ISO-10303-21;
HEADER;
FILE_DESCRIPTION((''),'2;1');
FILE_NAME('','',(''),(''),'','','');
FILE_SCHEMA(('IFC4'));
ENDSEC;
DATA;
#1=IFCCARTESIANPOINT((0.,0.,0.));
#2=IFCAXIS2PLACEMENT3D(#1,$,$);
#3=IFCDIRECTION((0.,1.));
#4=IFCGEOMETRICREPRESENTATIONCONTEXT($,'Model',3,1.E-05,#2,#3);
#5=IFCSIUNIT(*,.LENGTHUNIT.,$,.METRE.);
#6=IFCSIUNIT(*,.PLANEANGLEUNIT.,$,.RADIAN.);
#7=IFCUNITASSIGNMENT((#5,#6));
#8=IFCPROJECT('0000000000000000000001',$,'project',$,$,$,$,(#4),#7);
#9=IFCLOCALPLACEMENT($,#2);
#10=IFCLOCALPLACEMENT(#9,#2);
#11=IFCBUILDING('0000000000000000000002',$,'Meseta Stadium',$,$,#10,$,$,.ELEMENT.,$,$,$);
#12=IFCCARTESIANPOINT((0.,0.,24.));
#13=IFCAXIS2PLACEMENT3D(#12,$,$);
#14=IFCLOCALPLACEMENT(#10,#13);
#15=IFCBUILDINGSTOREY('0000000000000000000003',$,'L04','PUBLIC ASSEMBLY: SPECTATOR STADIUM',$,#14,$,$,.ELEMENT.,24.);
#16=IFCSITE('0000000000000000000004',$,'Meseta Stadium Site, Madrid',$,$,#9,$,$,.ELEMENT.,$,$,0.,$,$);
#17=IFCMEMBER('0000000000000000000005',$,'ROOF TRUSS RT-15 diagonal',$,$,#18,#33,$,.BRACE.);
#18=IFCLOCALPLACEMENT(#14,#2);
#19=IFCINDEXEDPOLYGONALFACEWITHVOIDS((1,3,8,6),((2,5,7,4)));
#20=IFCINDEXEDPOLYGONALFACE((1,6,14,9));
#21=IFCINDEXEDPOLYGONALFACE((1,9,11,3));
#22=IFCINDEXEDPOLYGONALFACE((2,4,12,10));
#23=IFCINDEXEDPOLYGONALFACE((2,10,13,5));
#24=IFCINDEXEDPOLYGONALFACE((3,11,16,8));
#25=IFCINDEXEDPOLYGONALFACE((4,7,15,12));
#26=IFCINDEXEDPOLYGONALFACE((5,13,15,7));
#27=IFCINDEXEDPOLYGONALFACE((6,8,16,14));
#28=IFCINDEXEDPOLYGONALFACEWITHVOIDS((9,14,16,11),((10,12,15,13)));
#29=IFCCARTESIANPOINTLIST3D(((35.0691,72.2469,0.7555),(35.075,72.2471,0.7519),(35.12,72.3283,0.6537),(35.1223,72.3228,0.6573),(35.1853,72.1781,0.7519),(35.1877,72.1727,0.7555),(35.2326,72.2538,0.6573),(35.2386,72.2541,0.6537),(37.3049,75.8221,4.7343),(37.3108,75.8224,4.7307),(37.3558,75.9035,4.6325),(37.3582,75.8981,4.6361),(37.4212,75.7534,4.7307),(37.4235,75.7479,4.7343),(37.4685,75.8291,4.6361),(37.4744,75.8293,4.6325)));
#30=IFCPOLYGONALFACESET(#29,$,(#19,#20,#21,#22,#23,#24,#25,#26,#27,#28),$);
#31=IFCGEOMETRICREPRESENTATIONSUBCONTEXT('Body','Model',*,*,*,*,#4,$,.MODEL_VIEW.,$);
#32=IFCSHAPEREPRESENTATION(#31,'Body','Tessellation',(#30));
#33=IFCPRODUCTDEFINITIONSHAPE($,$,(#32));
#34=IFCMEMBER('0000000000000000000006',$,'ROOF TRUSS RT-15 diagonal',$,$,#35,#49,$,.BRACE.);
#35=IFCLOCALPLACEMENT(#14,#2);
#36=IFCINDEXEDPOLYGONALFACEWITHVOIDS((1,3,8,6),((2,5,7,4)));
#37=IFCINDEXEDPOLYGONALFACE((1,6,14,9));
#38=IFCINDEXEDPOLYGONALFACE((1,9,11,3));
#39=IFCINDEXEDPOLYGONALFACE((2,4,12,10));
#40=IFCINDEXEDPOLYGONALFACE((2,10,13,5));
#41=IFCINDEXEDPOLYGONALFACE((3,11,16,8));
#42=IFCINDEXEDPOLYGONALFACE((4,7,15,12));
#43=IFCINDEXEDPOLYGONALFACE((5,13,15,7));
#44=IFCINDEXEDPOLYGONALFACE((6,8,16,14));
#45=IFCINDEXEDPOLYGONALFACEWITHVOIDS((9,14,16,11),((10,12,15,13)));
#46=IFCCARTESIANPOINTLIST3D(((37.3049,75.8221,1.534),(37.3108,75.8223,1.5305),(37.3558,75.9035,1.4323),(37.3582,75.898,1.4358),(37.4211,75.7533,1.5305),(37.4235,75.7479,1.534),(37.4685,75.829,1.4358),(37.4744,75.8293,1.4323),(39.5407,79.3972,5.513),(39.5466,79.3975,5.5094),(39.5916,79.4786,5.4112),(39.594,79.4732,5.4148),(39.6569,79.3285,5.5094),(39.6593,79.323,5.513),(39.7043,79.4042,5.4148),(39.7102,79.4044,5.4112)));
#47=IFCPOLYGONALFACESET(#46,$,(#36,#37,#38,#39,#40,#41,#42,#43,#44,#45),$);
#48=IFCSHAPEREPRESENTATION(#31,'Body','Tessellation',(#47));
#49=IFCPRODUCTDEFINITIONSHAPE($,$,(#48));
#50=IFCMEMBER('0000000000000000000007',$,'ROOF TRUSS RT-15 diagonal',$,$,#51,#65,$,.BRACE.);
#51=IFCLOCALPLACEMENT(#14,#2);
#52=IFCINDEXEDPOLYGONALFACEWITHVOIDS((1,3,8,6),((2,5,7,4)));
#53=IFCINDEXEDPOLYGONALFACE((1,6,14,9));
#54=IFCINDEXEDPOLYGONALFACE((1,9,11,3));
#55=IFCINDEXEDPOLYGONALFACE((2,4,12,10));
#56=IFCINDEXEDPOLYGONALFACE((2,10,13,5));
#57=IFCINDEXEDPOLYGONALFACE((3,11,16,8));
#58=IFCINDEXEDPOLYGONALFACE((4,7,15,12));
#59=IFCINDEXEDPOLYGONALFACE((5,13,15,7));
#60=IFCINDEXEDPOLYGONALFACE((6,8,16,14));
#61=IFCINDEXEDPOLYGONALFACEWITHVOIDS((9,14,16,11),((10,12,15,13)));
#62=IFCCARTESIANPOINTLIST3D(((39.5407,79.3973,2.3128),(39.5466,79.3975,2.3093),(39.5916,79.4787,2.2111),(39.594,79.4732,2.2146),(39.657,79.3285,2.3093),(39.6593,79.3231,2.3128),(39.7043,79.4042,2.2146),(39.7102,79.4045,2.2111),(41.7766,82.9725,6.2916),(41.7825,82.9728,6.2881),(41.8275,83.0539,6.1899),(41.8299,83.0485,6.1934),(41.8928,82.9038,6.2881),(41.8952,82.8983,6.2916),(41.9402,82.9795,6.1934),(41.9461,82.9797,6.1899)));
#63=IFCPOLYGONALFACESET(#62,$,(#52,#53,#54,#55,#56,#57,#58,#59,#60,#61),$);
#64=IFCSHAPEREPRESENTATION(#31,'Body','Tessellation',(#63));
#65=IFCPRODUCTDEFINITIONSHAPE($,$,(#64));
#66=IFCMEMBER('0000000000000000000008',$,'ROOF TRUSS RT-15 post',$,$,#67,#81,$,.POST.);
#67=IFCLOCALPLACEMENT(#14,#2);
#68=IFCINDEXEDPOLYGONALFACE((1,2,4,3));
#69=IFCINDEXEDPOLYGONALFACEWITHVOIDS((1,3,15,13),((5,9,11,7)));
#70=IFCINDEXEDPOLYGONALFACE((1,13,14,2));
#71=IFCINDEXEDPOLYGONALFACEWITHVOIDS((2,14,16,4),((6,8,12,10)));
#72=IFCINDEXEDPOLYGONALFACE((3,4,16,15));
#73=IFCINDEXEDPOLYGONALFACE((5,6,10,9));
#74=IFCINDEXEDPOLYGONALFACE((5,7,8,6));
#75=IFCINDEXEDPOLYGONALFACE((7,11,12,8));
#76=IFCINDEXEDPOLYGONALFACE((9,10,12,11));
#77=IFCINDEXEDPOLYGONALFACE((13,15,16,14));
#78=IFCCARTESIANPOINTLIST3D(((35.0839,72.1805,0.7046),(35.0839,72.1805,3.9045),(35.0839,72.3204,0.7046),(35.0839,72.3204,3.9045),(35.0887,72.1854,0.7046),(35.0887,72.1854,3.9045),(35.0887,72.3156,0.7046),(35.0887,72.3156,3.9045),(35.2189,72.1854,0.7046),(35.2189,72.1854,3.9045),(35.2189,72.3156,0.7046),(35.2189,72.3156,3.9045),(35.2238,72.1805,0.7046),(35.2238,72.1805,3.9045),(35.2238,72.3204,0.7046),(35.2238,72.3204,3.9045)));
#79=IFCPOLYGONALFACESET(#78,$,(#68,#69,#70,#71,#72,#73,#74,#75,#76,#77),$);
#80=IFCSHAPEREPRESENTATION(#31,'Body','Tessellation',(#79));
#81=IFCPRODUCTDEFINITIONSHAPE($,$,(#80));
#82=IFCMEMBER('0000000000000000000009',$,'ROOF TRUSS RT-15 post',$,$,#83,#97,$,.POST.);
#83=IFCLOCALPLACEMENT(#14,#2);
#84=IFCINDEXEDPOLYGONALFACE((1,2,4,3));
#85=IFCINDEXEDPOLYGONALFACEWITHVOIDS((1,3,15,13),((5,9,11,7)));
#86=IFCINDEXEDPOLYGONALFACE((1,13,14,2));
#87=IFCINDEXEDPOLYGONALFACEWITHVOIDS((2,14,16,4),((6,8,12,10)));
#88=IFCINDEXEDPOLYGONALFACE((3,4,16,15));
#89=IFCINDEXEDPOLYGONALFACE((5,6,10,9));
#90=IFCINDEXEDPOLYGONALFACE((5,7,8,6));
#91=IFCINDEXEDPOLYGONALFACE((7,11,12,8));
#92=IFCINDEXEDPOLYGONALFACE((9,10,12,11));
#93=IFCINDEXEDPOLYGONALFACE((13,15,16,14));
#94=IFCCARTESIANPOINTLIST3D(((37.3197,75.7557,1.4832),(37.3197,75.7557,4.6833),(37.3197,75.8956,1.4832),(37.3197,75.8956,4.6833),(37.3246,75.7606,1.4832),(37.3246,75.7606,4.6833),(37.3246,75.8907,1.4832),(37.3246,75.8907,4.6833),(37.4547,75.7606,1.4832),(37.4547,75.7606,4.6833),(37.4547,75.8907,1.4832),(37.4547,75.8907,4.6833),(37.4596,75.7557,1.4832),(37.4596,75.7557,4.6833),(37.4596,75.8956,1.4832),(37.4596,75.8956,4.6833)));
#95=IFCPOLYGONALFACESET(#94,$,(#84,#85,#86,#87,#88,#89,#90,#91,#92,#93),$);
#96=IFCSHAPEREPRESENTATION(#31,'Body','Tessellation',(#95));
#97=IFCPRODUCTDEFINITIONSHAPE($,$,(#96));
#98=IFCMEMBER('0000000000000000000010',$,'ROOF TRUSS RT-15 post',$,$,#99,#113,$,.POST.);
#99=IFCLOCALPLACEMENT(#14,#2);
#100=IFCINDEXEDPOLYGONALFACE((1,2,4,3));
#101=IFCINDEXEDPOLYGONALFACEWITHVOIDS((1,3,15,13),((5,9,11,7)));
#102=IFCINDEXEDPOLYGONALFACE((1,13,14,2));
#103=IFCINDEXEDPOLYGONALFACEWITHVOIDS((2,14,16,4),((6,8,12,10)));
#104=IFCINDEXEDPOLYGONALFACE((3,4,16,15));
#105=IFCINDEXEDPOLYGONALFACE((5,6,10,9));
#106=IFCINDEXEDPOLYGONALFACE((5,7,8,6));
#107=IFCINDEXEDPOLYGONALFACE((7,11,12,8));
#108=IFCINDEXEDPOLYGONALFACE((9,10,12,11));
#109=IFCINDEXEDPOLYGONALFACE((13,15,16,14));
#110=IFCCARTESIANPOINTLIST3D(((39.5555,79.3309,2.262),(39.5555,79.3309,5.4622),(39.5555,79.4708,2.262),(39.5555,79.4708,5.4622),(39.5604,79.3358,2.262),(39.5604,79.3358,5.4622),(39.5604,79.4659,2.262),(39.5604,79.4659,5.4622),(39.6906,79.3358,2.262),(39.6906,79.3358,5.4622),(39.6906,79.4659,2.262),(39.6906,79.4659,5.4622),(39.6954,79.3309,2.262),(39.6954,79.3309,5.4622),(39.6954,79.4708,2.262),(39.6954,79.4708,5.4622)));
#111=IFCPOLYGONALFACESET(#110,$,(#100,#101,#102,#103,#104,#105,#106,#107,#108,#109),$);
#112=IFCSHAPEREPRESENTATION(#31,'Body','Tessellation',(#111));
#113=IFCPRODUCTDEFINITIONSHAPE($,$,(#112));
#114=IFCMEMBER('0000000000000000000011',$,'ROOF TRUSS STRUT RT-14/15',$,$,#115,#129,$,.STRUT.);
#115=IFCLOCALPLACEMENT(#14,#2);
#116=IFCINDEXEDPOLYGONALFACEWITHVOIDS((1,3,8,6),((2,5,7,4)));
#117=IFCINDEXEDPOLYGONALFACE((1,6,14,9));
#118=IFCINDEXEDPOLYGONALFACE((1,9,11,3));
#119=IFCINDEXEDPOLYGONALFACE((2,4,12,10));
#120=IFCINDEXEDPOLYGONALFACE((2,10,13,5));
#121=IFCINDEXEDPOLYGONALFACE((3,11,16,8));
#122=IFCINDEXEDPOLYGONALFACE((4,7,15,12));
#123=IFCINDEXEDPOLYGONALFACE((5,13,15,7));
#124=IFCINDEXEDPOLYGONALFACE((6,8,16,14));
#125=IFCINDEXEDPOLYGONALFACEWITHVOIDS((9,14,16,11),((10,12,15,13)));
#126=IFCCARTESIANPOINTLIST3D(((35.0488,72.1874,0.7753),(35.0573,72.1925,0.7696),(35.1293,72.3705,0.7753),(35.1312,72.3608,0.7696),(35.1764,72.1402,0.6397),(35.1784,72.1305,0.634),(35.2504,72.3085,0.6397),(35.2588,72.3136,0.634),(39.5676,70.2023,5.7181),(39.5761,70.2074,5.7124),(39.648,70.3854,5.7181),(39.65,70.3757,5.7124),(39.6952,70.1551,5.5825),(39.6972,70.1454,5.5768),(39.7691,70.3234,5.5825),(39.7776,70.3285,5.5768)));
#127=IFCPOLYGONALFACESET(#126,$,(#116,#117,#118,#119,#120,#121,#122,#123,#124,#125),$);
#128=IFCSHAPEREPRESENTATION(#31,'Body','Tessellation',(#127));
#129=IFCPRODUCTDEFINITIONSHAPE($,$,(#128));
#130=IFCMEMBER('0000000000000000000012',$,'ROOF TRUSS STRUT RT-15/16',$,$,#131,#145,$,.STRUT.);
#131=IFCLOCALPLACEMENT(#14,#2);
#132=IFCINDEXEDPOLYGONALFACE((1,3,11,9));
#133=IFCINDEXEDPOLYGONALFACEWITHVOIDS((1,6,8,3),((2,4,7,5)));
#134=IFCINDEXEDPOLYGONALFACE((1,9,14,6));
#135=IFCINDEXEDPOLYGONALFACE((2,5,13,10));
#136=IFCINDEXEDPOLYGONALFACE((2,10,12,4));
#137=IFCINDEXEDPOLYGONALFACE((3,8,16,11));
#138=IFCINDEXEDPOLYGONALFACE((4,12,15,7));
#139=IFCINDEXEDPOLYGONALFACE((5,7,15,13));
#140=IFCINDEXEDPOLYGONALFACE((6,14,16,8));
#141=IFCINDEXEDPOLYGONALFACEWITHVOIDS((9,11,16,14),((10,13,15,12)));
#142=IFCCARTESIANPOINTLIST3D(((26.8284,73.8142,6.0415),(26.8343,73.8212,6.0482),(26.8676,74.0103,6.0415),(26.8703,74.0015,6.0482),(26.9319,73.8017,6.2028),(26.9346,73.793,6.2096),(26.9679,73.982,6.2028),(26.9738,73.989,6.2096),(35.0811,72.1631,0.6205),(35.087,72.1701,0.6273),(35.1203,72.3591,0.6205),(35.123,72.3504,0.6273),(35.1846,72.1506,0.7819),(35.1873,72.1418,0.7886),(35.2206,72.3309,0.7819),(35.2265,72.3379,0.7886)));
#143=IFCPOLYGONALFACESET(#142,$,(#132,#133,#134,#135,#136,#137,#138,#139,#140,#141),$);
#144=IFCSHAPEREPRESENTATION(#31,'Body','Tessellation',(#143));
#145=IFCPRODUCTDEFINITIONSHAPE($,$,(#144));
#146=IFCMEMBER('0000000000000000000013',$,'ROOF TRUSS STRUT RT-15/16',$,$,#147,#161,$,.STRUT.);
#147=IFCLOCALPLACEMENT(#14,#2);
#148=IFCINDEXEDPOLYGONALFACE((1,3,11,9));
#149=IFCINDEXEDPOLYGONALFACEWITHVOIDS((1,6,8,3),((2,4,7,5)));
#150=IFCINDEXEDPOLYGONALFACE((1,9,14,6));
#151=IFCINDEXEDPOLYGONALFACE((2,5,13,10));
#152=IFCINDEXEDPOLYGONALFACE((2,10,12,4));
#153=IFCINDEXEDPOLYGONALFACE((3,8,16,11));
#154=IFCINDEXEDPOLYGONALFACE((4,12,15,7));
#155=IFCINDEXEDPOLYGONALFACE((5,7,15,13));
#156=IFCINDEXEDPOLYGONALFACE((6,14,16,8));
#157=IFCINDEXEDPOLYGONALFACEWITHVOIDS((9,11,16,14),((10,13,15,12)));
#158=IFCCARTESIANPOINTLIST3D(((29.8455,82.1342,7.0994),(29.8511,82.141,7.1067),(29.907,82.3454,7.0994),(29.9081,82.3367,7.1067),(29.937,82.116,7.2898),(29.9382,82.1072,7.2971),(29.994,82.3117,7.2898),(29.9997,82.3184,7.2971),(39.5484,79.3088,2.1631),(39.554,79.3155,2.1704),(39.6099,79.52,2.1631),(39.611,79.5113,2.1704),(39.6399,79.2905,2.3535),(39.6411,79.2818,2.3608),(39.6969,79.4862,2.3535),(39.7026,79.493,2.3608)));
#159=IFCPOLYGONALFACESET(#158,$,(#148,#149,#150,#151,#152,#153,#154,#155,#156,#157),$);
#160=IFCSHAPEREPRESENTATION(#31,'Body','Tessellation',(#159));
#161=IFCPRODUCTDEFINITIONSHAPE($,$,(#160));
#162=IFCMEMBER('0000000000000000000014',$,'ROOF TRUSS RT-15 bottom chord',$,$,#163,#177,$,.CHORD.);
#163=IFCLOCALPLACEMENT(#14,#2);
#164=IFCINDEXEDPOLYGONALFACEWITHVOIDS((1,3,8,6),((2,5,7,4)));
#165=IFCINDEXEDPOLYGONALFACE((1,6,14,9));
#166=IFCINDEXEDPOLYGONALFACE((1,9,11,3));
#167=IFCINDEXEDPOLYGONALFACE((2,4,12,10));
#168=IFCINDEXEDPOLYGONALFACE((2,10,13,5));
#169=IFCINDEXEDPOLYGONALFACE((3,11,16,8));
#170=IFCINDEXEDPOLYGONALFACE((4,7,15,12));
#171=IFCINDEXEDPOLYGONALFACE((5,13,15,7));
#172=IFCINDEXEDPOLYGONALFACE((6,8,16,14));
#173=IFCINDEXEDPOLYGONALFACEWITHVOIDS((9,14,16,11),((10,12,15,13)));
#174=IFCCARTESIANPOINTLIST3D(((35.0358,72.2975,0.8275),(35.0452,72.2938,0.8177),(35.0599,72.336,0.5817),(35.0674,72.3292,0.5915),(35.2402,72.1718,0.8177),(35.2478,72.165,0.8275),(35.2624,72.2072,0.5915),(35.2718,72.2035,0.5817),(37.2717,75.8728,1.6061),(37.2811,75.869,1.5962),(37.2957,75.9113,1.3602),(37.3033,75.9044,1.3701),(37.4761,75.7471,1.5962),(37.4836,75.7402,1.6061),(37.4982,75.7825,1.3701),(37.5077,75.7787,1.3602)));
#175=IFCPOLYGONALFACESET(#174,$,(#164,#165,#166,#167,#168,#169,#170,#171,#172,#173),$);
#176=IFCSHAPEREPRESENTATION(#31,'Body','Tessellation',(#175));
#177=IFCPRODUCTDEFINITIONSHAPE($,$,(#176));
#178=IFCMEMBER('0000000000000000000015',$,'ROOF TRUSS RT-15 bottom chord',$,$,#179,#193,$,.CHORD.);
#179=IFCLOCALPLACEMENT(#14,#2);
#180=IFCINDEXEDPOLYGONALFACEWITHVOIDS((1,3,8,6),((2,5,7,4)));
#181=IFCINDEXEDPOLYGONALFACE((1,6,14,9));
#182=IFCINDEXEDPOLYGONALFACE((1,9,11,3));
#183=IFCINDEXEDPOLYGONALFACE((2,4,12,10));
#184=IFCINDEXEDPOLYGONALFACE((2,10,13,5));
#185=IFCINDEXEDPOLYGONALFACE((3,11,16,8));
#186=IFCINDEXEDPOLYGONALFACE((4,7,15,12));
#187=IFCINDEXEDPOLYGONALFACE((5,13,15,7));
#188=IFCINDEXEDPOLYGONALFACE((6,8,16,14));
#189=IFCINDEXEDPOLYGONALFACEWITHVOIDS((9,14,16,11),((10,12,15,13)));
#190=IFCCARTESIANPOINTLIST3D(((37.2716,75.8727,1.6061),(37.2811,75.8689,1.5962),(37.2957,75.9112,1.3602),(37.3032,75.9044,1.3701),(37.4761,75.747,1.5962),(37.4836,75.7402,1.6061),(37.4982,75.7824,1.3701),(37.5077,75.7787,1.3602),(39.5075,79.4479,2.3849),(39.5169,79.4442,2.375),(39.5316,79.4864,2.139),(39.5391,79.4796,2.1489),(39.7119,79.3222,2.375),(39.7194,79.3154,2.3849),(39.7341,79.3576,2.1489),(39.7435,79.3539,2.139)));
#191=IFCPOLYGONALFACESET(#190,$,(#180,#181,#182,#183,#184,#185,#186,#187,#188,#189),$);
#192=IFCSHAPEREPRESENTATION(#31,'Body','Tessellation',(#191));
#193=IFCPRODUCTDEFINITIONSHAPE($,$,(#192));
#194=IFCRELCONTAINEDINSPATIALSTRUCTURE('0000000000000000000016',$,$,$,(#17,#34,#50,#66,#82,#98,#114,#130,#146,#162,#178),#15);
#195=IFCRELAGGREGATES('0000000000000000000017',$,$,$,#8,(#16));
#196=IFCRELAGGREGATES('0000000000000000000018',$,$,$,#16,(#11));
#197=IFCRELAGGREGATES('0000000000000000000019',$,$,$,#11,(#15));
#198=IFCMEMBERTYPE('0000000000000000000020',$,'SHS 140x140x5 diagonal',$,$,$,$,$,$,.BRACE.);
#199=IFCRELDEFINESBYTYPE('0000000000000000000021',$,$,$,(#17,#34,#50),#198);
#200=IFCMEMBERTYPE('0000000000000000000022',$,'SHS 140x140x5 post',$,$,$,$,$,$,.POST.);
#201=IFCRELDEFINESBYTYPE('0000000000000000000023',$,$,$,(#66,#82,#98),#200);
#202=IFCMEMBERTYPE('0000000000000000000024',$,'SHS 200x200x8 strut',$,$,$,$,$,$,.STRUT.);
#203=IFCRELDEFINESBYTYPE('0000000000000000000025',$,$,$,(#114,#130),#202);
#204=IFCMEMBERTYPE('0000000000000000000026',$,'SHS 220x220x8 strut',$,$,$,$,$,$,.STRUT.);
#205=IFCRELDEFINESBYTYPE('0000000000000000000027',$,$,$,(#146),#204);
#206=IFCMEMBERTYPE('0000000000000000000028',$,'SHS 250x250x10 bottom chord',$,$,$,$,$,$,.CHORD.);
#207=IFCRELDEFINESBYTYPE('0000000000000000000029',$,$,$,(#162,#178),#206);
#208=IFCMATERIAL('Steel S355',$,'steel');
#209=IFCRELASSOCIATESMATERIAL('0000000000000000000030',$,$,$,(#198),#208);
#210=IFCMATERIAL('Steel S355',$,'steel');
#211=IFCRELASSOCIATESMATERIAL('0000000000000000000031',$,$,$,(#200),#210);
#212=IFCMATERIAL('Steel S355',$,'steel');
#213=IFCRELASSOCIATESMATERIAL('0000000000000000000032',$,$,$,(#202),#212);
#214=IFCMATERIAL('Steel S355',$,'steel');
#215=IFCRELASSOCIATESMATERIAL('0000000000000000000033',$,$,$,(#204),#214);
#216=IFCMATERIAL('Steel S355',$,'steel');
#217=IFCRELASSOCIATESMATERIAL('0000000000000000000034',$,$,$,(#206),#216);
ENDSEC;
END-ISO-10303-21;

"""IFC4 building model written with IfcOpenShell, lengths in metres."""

from ifc_helpers import new_model, si_unit, direction, frame, origin, origin_2d, place, context, subcontext, project, spatial, hollow_rectangle, extrude, material, material_profile, profile_set, type_object, element, save


model = new_model("IFC4")

# Units and contexts
model_context = context("Model", 3, precision=1e-05, world=origin(), true_north=direction((0.0, 1.0)))
body_context = subcontext(model_context, "Body", "Model", "MODEL_VIEW")
ifc_project = project(units=[si_unit("LENGTHUNIT", "METRE"), si_unit("PLANEANGLEUNIT", "RADIAN")], contexts=[model_context])

# Site, building, storey
site_placement = place(None, origin())
site = spatial("IfcSite", under=ifc_project, at=site_placement, Name="Meseta Stadium Site, Madrid", CompositionType="ELEMENT", RefElevation=0.0)
building_placement = place(site_placement, origin())
building = spatial("IfcBuilding", under=site, at=building_placement, Name="Meseta Stadium", CompositionType="ELEMENT")
storey_placement = place(building_placement, frame((0.0, 0.0, 24.0)))
storey = spatial("IfcBuildingStorey", under=building, at=storey_placement, Name="L04", Description="PUBLIC ASSEMBLY: SPECTATOR STADIUM", CompositionType="ELEMENT", Elevation=24.0)

# Members
ifc_material_1 = material(Name="Steel S355", Category="steel")
ifc_material_profile_1 = material_profile(ifc_material_1, hollow_rectangle(XDim=0.1399, YDim=0.1399, WallThickness=0.0049, at=origin_2d()), Name="SHS 140x140x5")
ifc_profile_set_1 = profile_set([ifc_material_profile_1], Name="Steel S355")
member_type_1 = type_object("IfcMemberType", Name="SHS 140x140x5 diagonal", PredefinedType="BRACE", material=ifc_profile_set_1)
for number, where, z_axis, x_axis, name in (
    (1, (35.1538, 72.2505, 0.7046), (0.385653, 0.616674, 0.686284), (-0.847855, 0.530228, 0.0), "ROOF TRUSS RT-15 diagonal"),
    (2, (37.3896, 75.8257, 1.4832), (0.385642, 0.616656, 0.686306), (-0.847855, 0.530228, 0.0), "ROOF TRUSS RT-15 diagonal"),
    (3, (39.6255, 79.4009, 2.262), (0.385653, 0.616674, 0.686284), (-0.847855, 0.530228, 0.0), "ROOF TRUSS RT-15 diagonal"),
):
    element("IfcMember", number, at=place(storey_placement, frame(where, z_axis=z_axis, x_axis=x_axis)), inside=storey, type_object=member_type_1, Name=name, PredefinedType="BRACE", context=body_context, shape_type="SweptSolid", body=[
        extrude(hollow_rectangle(XDim=0.1399, YDim=0.1399, WallThickness=0.0049, at=origin_2d()), origin(), (0.0, 0.0, 1.0), 5.7976),
    ])
ifc_material_2 = material(Name="Steel S355", Category="steel")
ifc_material_profile_2 = material_profile(ifc_material_2, hollow_rectangle(XDim=0.1399, YDim=0.1399, WallThickness=0.0049, at=origin_2d()), Name="SHS 140x140x5")
ifc_profile_set_2 = profile_set([ifc_material_profile_2], Name="Steel S355")
member_type_2 = type_object("IfcMemberType", Name="SHS 140x140x5 post", PredefinedType="POST", material=ifc_profile_set_2)
member_1_placement = place(storey_placement, frame((35.1538, 72.2505, 0.7046), z_axis=(0.0, 0.0, 1.0), x_axis=(1.0, 0.0, 0.0)))
element("IfcMember", 4, at=member_1_placement, inside=storey, type_object=member_type_2, Name="ROOF TRUSS RT-15 post", PredefinedType="POST", context=body_context, shape_type="SweptSolid", body=[
    extrude(hollow_rectangle(XDim=0.1399, YDim=0.1399, WallThickness=0.0049, at=origin_2d()), origin(), (0.0, 0.0, 1.0), 3.2),
])
for number, where, z_axis, x_axis, name in (
    (5, (37.3896, 75.8257, 1.4832), (0.0, 0.0, 1.0), (1.0, 0.0, 0.0), "ROOF TRUSS RT-15 post"),
    (6, (39.6255, 79.4009, 2.262), (0.0, 0.0, 1.0), (1.0, 0.0, 0.0), "ROOF TRUSS RT-15 post"),
):
    element("IfcMember", number, at=place(storey_placement, frame(where, z_axis=z_axis, x_axis=x_axis)), inside=storey, type_object=member_type_2, Name=name, PredefinedType="POST", context=body_context, shape_type="SweptSolid", body=[
        extrude(hollow_rectangle(XDim=0.1399, YDim=0.1399, WallThickness=0.0049, at=origin_2d()), origin(), (0.0, 0.0, 1.0), 3.2002),
    ])
ifc_material_3 = material(Name="Steel S355", Category="steel")
ifc_material_profile_3 = material_profile(ifc_material_3, hollow_rectangle(XDim=0.2, YDim=0.2, WallThickness=0.0081, at=origin_2d()), Name="SHS 200x200x8")
ifc_profile_set_3 = profile_set([ifc_material_profile_3], Name="Steel S355")
member_type_3 = type_object("IfcMemberType", Name="SHS 200x200x8 strut", PredefinedType="STRUT", material=ifc_profile_set_3)
member_2_placement = place(storey_placement, frame((39.6726, 70.2654, 5.6475), z_axis=(-0.646916, 0.28419, -0.707627), x_axis=(-0.402201, -0.915551, 0.0)))
element("IfcMember", 7, at=member_2_placement, inside=storey, type_object=member_type_3, Name="ROOF TRUSS STRUT RT-14/15", PredefinedType="STRUT", context=body_context, shape_type="SweptSolid", body=[
    extrude(hollow_rectangle(XDim=0.2, YDim=0.2, WallThickness=0.0081, at=origin_2d()), origin(), (0.0, 0.0, 1.0), 6.9851),
])
member_3_placement = place(storey_placement, frame((35.1538, 72.2505, 0.7046), z_axis=(-0.824366, 0.164932, 0.541497), x_axis=(-0.196183, -0.980567, 0.0)))
element("IfcMember", 8, at=member_3_placement, inside=storey, type_object=member_type_3, Name="ROOF TRUSS STRUT RT-15/16", PredefinedType="STRUT", context=body_context, shape_type="SweptSolid", body=[
    extrude(hollow_rectangle(XDim=0.2, YDim=0.2, WallThickness=0.0081, at=origin_2d()), origin(), (0.0, 0.0, 1.0), 10.011),
])
ifc_material_4 = material(Name="Steel S355", Category="steel")
ifc_material_profile_4 = material_profile(ifc_material_4, hollow_rectangle(XDim=0.22, YDim=0.22, WallThickness=0.0081, at=origin_2d()), Name="SHS 220x220x8")
ifc_profile_set_4 = profile_set([ifc_material_profile_4], Name="Steel S355")
member_type_4 = type_object("IfcMemberType", Name="SHS 220x220x8 strut", PredefinedType="STRUT", material=ifc_profile_set_4)
member_4_placement = place(storey_placement, frame((39.6255, 79.4009, 2.262), z_axis=(-0.862705, 0.251216, 0.438896), x_axis=(-0.279583, -0.960121, 0.0)))
element("IfcMember", 9, at=member_4_placement, inside=storey, type_object=member_type_4, Name="ROOF TRUSS STRUT RT-15/16", PredefinedType="STRUT", context=body_context, shape_type="SweptSolid", body=[
    extrude(hollow_rectangle(XDim=0.22, YDim=0.22, WallThickness=0.0081, at=origin_2d()), origin(), (0.0, 0.0, 1.0), 11.2471),
])
ifc_material_5 = material(Name="Steel S355", Category="steel")
ifc_material_profile_5 = material_profile(ifc_material_5, hollow_rectangle(XDim=0.25, YDim=0.25, WallThickness=0.01, at=origin_2d()), Name="SHS 250x250x10")
ifc_profile_set_5 = profile_set([ifc_material_profile_5], Name="Steel S355")
member_type_5 = type_object("IfcMemberType", Name="SHS 250x250x10 bottom chord", PredefinedType="CHORD", material=ifc_profile_set_5)
for number, where, z_axis, x_axis, name in (
    (10, (35.1538, 72.2505, 0.7046), (0.521415, 0.833763, 0.181567), (-0.847855, 0.530228, 0.0), "ROOF TRUSS RT-15 bottom chord"),
    (11, (37.3896, 75.8257, 1.4832), (0.521409, 0.833754, 0.181622), (-0.847855, 0.530228, 0.0), "ROOF TRUSS RT-15 bottom chord"),
):
    element("IfcMember", number, at=place(storey_placement, frame(where, z_axis=z_axis, x_axis=x_axis)), inside=storey, type_object=member_type_5, Name=name, PredefinedType="CHORD", context=body_context, shape_type="SweptSolid", body=[
        extrude(hollow_rectangle(XDim=0.25, YDim=0.25, WallThickness=0.01, at=origin_2d()), origin(), (0.0, 0.0, 1.0), 4.2881),
    ])

save(model, "model.ifc")
